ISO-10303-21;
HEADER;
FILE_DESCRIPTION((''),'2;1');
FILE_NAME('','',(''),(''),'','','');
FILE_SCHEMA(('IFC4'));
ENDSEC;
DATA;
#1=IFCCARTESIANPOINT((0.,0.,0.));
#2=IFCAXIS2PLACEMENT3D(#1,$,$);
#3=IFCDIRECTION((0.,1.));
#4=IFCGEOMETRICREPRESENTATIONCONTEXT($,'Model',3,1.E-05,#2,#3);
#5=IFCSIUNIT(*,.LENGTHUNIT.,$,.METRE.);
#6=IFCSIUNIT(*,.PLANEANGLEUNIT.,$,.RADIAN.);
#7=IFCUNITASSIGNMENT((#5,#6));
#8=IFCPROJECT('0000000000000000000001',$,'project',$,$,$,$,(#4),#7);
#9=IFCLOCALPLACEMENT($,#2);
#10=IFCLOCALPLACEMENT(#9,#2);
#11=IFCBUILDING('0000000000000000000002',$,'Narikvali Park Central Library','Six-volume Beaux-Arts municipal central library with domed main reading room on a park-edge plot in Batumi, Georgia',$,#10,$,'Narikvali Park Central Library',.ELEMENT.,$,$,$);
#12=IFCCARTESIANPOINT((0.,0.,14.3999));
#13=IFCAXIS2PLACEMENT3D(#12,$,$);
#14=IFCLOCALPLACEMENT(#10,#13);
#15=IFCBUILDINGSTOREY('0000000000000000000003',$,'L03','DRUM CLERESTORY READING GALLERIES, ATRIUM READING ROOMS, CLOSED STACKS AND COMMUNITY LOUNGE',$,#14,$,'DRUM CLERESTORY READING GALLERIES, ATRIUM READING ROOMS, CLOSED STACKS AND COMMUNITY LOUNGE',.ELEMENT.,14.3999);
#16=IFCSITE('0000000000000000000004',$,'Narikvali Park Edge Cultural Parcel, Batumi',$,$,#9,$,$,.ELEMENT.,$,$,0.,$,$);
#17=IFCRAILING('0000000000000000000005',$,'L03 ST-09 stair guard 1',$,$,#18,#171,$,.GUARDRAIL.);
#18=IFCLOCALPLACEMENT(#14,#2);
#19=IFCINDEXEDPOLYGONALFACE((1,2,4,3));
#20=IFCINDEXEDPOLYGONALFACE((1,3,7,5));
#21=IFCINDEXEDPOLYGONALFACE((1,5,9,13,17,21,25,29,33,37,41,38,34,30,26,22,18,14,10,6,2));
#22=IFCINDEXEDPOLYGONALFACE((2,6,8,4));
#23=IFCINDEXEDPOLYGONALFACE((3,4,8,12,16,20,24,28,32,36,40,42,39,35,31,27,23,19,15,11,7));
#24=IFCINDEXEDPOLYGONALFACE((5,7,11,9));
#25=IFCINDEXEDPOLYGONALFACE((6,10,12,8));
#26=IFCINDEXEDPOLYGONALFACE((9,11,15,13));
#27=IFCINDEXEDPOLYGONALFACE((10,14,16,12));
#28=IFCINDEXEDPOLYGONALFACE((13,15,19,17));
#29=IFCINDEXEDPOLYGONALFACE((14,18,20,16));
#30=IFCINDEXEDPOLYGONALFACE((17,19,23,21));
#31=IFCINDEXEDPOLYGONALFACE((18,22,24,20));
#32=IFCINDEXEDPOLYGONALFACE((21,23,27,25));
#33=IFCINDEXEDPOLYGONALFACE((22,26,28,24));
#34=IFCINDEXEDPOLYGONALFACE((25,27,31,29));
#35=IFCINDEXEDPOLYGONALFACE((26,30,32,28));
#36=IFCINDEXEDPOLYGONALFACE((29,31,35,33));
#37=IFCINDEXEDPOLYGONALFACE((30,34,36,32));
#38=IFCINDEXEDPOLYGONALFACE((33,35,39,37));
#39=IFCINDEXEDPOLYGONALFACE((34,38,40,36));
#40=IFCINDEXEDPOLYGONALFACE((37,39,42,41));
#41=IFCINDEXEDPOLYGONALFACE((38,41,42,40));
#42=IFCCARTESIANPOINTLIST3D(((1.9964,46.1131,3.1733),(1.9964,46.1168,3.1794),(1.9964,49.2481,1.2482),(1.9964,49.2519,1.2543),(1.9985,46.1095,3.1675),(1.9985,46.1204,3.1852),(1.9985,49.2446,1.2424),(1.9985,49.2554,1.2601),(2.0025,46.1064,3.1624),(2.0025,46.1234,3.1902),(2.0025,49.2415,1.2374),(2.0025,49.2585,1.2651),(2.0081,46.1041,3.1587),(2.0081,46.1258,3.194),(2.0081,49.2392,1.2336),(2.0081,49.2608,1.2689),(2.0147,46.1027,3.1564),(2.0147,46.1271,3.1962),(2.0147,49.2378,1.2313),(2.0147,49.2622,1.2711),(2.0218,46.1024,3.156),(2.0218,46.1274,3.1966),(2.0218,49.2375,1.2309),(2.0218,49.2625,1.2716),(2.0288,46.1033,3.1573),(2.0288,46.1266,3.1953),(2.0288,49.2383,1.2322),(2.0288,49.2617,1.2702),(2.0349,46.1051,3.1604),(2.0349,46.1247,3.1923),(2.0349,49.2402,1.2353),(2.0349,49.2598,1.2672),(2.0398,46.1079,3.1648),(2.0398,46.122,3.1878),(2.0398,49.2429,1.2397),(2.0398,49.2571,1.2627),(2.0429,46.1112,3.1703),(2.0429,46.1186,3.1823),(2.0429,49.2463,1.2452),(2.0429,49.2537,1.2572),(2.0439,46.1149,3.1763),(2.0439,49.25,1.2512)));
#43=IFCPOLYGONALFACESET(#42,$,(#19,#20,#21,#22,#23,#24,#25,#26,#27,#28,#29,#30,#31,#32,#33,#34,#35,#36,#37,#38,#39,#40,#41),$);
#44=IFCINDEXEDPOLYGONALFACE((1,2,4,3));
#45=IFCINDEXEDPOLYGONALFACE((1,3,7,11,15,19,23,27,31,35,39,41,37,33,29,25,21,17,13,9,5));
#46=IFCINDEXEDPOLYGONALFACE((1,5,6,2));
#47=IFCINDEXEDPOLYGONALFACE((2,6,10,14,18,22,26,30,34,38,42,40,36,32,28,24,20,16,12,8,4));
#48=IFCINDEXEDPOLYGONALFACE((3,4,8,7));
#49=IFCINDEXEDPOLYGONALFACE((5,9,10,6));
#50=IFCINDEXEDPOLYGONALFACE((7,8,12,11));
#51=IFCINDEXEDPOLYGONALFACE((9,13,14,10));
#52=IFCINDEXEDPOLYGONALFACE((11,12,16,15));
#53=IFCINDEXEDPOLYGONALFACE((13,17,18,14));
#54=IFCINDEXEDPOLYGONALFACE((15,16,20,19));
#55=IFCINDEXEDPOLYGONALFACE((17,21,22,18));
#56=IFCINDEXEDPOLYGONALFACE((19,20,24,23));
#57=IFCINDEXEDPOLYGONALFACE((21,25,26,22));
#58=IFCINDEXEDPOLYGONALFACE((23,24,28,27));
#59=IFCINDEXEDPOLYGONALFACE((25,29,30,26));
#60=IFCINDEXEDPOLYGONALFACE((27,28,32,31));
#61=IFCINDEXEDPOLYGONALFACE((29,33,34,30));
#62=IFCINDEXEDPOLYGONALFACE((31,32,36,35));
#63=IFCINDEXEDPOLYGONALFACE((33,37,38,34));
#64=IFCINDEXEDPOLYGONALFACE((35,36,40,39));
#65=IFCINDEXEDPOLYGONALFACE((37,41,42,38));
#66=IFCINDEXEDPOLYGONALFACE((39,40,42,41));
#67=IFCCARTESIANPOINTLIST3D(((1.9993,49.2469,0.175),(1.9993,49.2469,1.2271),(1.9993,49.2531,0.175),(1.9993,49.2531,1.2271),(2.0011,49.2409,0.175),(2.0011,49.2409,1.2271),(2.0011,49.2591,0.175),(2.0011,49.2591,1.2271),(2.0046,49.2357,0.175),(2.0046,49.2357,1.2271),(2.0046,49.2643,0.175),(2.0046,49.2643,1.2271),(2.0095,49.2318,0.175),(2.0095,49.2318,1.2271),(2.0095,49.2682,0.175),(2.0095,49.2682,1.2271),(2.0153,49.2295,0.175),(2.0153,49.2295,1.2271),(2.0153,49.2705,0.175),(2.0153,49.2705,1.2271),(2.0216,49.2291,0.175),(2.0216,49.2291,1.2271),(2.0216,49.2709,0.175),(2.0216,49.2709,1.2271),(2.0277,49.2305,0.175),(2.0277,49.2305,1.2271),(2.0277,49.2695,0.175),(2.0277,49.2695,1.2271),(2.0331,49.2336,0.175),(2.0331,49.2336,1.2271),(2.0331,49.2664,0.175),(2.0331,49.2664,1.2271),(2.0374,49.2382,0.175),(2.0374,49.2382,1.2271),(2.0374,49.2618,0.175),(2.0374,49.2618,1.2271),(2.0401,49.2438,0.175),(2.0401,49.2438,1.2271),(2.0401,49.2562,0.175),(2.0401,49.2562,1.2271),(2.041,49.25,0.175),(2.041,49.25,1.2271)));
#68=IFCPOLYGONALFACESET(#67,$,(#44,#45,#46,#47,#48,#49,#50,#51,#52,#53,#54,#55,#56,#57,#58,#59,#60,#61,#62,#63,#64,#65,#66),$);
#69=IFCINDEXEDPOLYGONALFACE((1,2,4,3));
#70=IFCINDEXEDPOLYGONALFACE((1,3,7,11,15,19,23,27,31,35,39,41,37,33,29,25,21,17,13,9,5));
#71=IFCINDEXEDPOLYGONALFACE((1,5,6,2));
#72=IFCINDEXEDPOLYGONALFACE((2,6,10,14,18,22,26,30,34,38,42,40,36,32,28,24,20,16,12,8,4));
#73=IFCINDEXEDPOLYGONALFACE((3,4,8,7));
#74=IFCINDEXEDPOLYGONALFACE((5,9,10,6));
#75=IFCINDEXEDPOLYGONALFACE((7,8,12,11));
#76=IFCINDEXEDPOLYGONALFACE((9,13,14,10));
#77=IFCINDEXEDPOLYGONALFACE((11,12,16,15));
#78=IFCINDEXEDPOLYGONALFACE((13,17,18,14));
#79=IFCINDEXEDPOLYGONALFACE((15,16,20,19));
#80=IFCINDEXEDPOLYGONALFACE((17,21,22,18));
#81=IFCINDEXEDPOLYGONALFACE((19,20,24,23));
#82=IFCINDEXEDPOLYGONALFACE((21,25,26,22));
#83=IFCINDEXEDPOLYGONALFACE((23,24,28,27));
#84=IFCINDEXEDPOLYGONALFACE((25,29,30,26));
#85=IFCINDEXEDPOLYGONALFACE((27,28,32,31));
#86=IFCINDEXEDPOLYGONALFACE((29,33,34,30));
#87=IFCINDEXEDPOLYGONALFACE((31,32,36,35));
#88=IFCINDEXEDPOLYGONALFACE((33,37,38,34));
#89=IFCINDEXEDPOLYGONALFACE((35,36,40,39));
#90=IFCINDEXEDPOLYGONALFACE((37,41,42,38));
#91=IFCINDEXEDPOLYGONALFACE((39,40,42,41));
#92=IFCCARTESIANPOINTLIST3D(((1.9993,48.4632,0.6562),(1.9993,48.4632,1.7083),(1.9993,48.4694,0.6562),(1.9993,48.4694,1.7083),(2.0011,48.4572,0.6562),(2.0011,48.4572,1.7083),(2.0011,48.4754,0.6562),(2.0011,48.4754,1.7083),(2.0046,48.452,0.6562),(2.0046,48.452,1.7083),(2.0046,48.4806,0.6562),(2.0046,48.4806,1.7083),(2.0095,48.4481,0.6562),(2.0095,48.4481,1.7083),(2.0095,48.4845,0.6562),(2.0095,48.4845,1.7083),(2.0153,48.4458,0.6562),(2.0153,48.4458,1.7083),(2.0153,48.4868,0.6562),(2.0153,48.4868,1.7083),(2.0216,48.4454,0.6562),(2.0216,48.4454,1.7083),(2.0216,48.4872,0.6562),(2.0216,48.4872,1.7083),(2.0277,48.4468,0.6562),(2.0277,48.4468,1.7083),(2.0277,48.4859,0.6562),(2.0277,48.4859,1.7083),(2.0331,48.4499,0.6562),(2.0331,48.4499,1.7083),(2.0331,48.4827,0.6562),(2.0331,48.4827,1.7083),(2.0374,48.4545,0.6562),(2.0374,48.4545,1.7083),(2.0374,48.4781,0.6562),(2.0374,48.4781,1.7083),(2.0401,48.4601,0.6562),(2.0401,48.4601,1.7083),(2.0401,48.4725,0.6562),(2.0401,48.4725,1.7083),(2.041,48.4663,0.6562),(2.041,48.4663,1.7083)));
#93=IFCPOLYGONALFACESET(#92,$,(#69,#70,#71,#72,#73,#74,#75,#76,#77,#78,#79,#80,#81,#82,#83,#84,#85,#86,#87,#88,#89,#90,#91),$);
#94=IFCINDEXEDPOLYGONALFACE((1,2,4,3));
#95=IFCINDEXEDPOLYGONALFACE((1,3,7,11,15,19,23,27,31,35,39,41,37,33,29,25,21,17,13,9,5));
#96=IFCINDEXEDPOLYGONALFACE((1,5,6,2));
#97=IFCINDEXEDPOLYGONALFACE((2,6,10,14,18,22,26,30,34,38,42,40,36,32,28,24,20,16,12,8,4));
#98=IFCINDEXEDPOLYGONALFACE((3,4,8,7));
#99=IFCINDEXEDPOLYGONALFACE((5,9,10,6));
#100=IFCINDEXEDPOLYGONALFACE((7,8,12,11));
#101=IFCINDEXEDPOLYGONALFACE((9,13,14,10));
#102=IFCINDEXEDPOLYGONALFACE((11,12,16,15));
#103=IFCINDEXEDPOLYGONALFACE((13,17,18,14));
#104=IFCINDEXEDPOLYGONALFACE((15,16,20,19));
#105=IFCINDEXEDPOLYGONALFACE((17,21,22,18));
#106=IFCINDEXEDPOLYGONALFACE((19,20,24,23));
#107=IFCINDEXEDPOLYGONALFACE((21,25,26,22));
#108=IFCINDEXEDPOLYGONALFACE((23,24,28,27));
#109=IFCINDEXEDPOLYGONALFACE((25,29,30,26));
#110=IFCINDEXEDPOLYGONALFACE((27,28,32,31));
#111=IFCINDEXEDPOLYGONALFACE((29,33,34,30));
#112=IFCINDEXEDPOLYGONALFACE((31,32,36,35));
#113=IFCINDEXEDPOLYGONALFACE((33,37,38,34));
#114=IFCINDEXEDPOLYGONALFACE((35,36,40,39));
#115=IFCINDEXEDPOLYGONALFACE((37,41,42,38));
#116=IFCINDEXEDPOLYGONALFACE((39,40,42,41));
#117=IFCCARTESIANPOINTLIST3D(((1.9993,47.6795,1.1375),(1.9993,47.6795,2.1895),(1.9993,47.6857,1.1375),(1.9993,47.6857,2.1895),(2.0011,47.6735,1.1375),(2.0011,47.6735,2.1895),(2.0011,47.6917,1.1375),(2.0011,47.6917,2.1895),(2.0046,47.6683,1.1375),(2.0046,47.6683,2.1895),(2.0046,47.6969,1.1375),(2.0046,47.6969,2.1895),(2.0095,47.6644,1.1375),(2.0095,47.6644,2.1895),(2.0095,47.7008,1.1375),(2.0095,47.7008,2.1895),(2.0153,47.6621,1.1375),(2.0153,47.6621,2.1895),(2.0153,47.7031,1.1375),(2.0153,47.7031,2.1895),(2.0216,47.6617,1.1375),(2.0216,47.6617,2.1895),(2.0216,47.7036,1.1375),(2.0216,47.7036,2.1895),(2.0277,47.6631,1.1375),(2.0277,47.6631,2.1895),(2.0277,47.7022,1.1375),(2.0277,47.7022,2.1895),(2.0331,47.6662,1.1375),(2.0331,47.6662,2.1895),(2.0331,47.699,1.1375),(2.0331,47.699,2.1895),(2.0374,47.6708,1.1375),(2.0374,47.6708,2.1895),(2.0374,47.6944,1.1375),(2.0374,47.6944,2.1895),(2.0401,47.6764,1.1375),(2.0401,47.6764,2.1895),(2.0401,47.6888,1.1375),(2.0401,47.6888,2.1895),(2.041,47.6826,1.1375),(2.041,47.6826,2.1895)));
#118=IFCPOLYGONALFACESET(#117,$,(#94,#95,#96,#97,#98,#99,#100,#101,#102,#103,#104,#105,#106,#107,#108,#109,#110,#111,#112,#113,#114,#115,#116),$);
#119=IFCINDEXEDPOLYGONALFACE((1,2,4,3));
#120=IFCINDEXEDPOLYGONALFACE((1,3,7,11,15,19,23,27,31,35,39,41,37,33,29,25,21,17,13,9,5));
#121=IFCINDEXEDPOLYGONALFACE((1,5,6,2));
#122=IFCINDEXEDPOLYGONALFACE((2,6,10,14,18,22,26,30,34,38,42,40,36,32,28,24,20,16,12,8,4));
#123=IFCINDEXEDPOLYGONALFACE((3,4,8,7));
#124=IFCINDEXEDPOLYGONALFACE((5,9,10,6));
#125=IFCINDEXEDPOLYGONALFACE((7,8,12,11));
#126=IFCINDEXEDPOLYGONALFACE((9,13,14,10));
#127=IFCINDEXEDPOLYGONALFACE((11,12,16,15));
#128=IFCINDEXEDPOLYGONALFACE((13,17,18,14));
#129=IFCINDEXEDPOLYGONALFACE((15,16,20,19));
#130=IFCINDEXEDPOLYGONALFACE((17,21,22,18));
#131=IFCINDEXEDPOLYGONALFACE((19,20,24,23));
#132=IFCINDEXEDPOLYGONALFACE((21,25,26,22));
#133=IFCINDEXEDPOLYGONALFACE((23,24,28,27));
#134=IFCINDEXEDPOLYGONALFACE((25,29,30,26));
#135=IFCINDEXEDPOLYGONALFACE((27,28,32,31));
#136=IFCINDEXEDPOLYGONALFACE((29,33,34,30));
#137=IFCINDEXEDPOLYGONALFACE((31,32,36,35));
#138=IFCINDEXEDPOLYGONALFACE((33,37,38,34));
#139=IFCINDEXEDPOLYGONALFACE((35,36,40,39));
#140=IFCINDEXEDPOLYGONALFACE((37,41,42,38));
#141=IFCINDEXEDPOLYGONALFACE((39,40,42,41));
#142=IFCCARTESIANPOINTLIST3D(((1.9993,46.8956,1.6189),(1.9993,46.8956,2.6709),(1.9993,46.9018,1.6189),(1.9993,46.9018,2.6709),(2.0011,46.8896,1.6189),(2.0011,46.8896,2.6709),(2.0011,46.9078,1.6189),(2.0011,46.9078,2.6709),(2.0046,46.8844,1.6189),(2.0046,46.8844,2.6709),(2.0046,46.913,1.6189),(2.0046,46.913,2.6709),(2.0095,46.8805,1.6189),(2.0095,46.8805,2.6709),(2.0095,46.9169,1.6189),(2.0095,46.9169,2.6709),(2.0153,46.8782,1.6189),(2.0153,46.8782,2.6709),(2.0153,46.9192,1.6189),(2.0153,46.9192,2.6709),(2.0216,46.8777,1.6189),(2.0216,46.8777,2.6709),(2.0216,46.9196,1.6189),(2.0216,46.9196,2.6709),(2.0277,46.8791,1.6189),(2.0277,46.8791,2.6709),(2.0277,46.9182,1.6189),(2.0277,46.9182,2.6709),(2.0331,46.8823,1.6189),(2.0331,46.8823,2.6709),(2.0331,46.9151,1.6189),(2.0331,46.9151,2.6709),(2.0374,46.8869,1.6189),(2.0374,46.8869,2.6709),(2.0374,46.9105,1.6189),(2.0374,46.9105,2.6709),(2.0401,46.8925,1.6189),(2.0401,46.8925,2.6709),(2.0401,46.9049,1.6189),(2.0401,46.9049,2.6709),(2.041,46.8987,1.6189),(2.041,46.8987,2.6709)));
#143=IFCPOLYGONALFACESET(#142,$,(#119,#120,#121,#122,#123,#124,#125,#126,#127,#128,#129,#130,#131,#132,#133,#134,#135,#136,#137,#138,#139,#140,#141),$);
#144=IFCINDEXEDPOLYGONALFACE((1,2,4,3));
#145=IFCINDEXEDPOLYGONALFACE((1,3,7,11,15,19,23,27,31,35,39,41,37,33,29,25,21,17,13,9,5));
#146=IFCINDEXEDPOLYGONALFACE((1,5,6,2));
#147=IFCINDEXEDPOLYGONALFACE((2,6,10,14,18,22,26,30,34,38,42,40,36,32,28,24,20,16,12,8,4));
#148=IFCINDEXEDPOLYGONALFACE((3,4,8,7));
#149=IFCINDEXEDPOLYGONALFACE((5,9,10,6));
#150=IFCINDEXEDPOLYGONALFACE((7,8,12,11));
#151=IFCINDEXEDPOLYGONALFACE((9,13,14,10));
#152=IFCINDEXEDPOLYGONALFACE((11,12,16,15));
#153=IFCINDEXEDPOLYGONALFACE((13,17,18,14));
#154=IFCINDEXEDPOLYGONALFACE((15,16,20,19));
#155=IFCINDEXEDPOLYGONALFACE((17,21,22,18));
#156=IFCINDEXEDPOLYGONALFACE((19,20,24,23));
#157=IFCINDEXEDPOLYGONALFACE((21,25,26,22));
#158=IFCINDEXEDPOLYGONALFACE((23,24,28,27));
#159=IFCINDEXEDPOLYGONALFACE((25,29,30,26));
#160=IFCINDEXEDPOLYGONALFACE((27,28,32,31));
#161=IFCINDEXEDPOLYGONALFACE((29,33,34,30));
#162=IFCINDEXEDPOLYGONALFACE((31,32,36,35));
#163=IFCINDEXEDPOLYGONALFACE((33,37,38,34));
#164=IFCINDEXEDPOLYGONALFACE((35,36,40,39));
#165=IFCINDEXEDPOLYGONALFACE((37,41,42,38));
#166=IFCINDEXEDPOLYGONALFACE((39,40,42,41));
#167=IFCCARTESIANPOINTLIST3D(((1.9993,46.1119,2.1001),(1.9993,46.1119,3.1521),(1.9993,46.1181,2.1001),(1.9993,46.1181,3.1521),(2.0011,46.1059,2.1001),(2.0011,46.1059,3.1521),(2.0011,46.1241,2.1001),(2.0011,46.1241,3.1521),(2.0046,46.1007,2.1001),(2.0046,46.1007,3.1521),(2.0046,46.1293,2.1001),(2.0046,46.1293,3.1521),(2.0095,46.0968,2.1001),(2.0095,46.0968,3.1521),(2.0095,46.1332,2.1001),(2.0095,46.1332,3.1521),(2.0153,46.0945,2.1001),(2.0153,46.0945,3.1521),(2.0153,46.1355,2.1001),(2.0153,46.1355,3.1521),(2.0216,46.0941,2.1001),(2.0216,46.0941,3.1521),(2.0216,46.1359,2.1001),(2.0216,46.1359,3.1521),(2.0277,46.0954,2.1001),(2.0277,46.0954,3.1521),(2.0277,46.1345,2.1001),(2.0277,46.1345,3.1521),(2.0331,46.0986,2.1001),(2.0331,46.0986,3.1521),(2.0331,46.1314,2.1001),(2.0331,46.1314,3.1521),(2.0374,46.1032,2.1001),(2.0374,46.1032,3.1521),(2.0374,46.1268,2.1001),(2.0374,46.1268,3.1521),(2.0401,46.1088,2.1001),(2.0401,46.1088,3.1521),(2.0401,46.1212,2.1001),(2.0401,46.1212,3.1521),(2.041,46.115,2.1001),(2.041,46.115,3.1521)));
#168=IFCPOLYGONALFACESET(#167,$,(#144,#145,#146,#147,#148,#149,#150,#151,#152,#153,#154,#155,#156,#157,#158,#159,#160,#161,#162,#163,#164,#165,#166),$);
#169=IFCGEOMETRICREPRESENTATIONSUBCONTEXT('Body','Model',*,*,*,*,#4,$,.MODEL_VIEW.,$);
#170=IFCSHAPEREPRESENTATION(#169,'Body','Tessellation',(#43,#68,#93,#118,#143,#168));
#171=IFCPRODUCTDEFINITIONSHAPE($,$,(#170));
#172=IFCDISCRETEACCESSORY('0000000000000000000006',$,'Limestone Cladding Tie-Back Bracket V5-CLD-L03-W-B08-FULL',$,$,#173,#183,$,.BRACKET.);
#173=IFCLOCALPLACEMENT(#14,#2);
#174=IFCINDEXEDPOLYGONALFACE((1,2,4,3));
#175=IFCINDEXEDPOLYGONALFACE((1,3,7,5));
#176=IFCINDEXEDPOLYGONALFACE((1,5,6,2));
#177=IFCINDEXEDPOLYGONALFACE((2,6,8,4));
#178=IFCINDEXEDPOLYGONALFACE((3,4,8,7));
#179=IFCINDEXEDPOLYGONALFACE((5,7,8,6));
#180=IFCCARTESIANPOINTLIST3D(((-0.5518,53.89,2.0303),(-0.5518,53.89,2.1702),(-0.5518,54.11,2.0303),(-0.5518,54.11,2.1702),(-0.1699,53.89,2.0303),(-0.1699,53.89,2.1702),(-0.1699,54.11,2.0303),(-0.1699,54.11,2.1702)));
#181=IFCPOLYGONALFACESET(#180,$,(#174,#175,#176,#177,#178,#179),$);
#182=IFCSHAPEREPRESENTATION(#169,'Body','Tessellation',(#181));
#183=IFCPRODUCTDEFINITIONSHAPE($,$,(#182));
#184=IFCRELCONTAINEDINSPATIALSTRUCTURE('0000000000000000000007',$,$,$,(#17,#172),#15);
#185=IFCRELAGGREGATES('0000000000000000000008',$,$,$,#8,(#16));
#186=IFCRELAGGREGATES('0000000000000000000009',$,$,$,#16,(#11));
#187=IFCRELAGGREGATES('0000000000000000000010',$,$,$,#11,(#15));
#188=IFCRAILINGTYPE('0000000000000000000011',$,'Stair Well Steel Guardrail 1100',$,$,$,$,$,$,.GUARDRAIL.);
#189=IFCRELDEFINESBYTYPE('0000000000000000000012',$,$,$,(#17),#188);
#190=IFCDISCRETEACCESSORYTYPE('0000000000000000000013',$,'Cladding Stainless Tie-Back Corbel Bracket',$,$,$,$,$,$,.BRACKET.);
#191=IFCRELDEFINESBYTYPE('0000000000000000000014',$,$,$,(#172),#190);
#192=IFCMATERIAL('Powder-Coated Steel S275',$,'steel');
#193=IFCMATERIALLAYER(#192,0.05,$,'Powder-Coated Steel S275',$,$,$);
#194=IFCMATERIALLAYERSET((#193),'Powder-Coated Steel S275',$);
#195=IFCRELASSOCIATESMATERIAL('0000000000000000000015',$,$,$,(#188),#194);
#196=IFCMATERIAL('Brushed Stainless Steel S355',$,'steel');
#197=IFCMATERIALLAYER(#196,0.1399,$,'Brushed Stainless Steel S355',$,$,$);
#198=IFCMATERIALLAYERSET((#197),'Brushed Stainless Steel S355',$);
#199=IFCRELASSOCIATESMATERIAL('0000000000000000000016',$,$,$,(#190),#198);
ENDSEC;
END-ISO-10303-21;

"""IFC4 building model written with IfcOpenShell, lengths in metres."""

from ifc_helpers import new_model, si_unit, direction, frame, origin, origin_2d, place, context, subcontext, project, spatial, rectangle, circle, extrude, material, layer, layer_set, type_object, element, save


model = new_model("IFC4")

# Units and contexts
model_context = context("Model", 3, precision=1e-05, world=origin(), true_north=direction((0.0, 1.0)))
body_context = subcontext(model_context, "Body", "Model", "MODEL_VIEW")
ifc_project = project(units=[si_unit("LENGTHUNIT", "METRE"), si_unit("PLANEANGLEUNIT", "RADIAN")], contexts=[model_context])

# Site, building, storey
site_placement = place(None, origin())
site = spatial("IfcSite", under=ifc_project, at=site_placement, Name="Narikvali Park Edge Cultural Parcel, Batumi", CompositionType="ELEMENT", RefElevation=0.0)
building_placement = place(site_placement, origin())
building = spatial("IfcBuilding", under=site, at=building_placement, Name="Narikvali Park Central Library", Description="Six-volume Beaux-Arts municipal central library with domed main reading room on a park-edge plot in Batumi, Georgia", LongName="Narikvali Park Central Library", CompositionType="ELEMENT")
storey_placement = place(building_placement, frame((0.0, 0.0, 14.3999)))
storey = spatial("IfcBuildingStorey", under=building, at=storey_placement, Name="L03", Description="DRUM CLERESTORY READING GALLERIES, ATRIUM READING ROOMS, CLOSED STACKS AND COMMUNITY LOUNGE", LongName="DRUM CLERESTORY READING GALLERIES, ATRIUM READING ROOMS, CLOSED STACKS AND COMMUNITY LOUNGE", CompositionType="ELEMENT", Elevation=14.3999)

# Railing
ifc_material_1 = material(Name="Brushed Stainless Steel S355", Category="steel")
ifc_material_2 = material(Name="Powder-Coated Steel S275", Category="steel")
ifc_layer_1 = layer(ifc_material_2, 0.05, Name="Powder-Coated Steel S275")
ifc_layer_set_1 = layer_set([ifc_layer_1], Name="Powder-Coated Steel S275")
railing_type_1 = type_object("IfcRailingType", Name="Stair Well Steel Guardrail 1100", PredefinedType="GUARDRAIL", material=ifc_layer_set_1)
railing_1_placement = place(storey_placement, frame((2.02, 49.25, 0.175)))
element("IfcRailing", 1, at=railing_1_placement, inside=storey, type_object=railing_type_1, Name="L03 ST-09 stair guard 1", PredefinedType="GUARDRAIL", context=body_context, shape_type="SweptSolid", body=[
    extrude(circle(Radius=0.0239, at=origin_2d()), frame((0.0, 0.0, 1.0762), z_axis=(0.0, -0.852166, 0.523271), x_axis=(1.0, 0.0, 0.0)), (0.0, 0.0, 1.0), 3.679),
    extrude(circle(Radius=0.021, at=origin_2d()), origin(), (0.0, 0.0, 1.0), 1.052),
    extrude(circle(Radius=0.021, at=origin_2d()), frame((0.0, -0.7837, 0.4812)), (0.0, 0.0, 1.0), 1.052),
    extrude(circle(Radius=0.021, at=origin_2d()), frame((0.0, -1.5674, 0.9624)), (0.0, 0.0, 1.0), 1.052),
    extrude(circle(Radius=0.021, at=origin_2d()), frame((0.0, -2.3513, 1.4438)), (0.0, 0.0, 1.0), 1.052),
    extrude(circle(Radius=0.021, at=origin_2d()), frame((0.0, -3.135, 1.925)), (0.0, 0.0, 1.0), 1.052),
])

# Discrete accessory
ifc_layer_2 = layer(ifc_material_1, 0.1399, Name="Brushed Stainless Steel S355")
ifc_layer_set_2 = layer_set([ifc_layer_2], Name="Brushed Stainless Steel S355")
discrete_accessory_type = type_object("IfcDiscreteAccessoryType", Name="Cladding Stainless Tie-Back Corbel Bracket", PredefinedType="BRACKET", material=ifc_layer_set_2)
discrete_accessory_placement = place(storey_placement, frame((-0.3608, 54.0, 2.0303), z_axis=(0.0, 0.0, 1.0), x_axis=(1.0, 0.0, 0.0)))
element("IfcDiscreteAccessory", 2, at=discrete_accessory_placement, inside=storey, type_object=discrete_accessory_type, Name="Limestone Cladding Tie-Back Bracket V5-CLD-L03-W-B08-FULL", PredefinedType="BRACKET", context=body_context, shape_type="SweptSolid", body=[
    extrude(rectangle(XDim=0.3818, YDim=0.22, at=origin_2d()), origin(), (0.0, 0.0, 1.0), 0.1399),
])

save(model, "model.ifc")
